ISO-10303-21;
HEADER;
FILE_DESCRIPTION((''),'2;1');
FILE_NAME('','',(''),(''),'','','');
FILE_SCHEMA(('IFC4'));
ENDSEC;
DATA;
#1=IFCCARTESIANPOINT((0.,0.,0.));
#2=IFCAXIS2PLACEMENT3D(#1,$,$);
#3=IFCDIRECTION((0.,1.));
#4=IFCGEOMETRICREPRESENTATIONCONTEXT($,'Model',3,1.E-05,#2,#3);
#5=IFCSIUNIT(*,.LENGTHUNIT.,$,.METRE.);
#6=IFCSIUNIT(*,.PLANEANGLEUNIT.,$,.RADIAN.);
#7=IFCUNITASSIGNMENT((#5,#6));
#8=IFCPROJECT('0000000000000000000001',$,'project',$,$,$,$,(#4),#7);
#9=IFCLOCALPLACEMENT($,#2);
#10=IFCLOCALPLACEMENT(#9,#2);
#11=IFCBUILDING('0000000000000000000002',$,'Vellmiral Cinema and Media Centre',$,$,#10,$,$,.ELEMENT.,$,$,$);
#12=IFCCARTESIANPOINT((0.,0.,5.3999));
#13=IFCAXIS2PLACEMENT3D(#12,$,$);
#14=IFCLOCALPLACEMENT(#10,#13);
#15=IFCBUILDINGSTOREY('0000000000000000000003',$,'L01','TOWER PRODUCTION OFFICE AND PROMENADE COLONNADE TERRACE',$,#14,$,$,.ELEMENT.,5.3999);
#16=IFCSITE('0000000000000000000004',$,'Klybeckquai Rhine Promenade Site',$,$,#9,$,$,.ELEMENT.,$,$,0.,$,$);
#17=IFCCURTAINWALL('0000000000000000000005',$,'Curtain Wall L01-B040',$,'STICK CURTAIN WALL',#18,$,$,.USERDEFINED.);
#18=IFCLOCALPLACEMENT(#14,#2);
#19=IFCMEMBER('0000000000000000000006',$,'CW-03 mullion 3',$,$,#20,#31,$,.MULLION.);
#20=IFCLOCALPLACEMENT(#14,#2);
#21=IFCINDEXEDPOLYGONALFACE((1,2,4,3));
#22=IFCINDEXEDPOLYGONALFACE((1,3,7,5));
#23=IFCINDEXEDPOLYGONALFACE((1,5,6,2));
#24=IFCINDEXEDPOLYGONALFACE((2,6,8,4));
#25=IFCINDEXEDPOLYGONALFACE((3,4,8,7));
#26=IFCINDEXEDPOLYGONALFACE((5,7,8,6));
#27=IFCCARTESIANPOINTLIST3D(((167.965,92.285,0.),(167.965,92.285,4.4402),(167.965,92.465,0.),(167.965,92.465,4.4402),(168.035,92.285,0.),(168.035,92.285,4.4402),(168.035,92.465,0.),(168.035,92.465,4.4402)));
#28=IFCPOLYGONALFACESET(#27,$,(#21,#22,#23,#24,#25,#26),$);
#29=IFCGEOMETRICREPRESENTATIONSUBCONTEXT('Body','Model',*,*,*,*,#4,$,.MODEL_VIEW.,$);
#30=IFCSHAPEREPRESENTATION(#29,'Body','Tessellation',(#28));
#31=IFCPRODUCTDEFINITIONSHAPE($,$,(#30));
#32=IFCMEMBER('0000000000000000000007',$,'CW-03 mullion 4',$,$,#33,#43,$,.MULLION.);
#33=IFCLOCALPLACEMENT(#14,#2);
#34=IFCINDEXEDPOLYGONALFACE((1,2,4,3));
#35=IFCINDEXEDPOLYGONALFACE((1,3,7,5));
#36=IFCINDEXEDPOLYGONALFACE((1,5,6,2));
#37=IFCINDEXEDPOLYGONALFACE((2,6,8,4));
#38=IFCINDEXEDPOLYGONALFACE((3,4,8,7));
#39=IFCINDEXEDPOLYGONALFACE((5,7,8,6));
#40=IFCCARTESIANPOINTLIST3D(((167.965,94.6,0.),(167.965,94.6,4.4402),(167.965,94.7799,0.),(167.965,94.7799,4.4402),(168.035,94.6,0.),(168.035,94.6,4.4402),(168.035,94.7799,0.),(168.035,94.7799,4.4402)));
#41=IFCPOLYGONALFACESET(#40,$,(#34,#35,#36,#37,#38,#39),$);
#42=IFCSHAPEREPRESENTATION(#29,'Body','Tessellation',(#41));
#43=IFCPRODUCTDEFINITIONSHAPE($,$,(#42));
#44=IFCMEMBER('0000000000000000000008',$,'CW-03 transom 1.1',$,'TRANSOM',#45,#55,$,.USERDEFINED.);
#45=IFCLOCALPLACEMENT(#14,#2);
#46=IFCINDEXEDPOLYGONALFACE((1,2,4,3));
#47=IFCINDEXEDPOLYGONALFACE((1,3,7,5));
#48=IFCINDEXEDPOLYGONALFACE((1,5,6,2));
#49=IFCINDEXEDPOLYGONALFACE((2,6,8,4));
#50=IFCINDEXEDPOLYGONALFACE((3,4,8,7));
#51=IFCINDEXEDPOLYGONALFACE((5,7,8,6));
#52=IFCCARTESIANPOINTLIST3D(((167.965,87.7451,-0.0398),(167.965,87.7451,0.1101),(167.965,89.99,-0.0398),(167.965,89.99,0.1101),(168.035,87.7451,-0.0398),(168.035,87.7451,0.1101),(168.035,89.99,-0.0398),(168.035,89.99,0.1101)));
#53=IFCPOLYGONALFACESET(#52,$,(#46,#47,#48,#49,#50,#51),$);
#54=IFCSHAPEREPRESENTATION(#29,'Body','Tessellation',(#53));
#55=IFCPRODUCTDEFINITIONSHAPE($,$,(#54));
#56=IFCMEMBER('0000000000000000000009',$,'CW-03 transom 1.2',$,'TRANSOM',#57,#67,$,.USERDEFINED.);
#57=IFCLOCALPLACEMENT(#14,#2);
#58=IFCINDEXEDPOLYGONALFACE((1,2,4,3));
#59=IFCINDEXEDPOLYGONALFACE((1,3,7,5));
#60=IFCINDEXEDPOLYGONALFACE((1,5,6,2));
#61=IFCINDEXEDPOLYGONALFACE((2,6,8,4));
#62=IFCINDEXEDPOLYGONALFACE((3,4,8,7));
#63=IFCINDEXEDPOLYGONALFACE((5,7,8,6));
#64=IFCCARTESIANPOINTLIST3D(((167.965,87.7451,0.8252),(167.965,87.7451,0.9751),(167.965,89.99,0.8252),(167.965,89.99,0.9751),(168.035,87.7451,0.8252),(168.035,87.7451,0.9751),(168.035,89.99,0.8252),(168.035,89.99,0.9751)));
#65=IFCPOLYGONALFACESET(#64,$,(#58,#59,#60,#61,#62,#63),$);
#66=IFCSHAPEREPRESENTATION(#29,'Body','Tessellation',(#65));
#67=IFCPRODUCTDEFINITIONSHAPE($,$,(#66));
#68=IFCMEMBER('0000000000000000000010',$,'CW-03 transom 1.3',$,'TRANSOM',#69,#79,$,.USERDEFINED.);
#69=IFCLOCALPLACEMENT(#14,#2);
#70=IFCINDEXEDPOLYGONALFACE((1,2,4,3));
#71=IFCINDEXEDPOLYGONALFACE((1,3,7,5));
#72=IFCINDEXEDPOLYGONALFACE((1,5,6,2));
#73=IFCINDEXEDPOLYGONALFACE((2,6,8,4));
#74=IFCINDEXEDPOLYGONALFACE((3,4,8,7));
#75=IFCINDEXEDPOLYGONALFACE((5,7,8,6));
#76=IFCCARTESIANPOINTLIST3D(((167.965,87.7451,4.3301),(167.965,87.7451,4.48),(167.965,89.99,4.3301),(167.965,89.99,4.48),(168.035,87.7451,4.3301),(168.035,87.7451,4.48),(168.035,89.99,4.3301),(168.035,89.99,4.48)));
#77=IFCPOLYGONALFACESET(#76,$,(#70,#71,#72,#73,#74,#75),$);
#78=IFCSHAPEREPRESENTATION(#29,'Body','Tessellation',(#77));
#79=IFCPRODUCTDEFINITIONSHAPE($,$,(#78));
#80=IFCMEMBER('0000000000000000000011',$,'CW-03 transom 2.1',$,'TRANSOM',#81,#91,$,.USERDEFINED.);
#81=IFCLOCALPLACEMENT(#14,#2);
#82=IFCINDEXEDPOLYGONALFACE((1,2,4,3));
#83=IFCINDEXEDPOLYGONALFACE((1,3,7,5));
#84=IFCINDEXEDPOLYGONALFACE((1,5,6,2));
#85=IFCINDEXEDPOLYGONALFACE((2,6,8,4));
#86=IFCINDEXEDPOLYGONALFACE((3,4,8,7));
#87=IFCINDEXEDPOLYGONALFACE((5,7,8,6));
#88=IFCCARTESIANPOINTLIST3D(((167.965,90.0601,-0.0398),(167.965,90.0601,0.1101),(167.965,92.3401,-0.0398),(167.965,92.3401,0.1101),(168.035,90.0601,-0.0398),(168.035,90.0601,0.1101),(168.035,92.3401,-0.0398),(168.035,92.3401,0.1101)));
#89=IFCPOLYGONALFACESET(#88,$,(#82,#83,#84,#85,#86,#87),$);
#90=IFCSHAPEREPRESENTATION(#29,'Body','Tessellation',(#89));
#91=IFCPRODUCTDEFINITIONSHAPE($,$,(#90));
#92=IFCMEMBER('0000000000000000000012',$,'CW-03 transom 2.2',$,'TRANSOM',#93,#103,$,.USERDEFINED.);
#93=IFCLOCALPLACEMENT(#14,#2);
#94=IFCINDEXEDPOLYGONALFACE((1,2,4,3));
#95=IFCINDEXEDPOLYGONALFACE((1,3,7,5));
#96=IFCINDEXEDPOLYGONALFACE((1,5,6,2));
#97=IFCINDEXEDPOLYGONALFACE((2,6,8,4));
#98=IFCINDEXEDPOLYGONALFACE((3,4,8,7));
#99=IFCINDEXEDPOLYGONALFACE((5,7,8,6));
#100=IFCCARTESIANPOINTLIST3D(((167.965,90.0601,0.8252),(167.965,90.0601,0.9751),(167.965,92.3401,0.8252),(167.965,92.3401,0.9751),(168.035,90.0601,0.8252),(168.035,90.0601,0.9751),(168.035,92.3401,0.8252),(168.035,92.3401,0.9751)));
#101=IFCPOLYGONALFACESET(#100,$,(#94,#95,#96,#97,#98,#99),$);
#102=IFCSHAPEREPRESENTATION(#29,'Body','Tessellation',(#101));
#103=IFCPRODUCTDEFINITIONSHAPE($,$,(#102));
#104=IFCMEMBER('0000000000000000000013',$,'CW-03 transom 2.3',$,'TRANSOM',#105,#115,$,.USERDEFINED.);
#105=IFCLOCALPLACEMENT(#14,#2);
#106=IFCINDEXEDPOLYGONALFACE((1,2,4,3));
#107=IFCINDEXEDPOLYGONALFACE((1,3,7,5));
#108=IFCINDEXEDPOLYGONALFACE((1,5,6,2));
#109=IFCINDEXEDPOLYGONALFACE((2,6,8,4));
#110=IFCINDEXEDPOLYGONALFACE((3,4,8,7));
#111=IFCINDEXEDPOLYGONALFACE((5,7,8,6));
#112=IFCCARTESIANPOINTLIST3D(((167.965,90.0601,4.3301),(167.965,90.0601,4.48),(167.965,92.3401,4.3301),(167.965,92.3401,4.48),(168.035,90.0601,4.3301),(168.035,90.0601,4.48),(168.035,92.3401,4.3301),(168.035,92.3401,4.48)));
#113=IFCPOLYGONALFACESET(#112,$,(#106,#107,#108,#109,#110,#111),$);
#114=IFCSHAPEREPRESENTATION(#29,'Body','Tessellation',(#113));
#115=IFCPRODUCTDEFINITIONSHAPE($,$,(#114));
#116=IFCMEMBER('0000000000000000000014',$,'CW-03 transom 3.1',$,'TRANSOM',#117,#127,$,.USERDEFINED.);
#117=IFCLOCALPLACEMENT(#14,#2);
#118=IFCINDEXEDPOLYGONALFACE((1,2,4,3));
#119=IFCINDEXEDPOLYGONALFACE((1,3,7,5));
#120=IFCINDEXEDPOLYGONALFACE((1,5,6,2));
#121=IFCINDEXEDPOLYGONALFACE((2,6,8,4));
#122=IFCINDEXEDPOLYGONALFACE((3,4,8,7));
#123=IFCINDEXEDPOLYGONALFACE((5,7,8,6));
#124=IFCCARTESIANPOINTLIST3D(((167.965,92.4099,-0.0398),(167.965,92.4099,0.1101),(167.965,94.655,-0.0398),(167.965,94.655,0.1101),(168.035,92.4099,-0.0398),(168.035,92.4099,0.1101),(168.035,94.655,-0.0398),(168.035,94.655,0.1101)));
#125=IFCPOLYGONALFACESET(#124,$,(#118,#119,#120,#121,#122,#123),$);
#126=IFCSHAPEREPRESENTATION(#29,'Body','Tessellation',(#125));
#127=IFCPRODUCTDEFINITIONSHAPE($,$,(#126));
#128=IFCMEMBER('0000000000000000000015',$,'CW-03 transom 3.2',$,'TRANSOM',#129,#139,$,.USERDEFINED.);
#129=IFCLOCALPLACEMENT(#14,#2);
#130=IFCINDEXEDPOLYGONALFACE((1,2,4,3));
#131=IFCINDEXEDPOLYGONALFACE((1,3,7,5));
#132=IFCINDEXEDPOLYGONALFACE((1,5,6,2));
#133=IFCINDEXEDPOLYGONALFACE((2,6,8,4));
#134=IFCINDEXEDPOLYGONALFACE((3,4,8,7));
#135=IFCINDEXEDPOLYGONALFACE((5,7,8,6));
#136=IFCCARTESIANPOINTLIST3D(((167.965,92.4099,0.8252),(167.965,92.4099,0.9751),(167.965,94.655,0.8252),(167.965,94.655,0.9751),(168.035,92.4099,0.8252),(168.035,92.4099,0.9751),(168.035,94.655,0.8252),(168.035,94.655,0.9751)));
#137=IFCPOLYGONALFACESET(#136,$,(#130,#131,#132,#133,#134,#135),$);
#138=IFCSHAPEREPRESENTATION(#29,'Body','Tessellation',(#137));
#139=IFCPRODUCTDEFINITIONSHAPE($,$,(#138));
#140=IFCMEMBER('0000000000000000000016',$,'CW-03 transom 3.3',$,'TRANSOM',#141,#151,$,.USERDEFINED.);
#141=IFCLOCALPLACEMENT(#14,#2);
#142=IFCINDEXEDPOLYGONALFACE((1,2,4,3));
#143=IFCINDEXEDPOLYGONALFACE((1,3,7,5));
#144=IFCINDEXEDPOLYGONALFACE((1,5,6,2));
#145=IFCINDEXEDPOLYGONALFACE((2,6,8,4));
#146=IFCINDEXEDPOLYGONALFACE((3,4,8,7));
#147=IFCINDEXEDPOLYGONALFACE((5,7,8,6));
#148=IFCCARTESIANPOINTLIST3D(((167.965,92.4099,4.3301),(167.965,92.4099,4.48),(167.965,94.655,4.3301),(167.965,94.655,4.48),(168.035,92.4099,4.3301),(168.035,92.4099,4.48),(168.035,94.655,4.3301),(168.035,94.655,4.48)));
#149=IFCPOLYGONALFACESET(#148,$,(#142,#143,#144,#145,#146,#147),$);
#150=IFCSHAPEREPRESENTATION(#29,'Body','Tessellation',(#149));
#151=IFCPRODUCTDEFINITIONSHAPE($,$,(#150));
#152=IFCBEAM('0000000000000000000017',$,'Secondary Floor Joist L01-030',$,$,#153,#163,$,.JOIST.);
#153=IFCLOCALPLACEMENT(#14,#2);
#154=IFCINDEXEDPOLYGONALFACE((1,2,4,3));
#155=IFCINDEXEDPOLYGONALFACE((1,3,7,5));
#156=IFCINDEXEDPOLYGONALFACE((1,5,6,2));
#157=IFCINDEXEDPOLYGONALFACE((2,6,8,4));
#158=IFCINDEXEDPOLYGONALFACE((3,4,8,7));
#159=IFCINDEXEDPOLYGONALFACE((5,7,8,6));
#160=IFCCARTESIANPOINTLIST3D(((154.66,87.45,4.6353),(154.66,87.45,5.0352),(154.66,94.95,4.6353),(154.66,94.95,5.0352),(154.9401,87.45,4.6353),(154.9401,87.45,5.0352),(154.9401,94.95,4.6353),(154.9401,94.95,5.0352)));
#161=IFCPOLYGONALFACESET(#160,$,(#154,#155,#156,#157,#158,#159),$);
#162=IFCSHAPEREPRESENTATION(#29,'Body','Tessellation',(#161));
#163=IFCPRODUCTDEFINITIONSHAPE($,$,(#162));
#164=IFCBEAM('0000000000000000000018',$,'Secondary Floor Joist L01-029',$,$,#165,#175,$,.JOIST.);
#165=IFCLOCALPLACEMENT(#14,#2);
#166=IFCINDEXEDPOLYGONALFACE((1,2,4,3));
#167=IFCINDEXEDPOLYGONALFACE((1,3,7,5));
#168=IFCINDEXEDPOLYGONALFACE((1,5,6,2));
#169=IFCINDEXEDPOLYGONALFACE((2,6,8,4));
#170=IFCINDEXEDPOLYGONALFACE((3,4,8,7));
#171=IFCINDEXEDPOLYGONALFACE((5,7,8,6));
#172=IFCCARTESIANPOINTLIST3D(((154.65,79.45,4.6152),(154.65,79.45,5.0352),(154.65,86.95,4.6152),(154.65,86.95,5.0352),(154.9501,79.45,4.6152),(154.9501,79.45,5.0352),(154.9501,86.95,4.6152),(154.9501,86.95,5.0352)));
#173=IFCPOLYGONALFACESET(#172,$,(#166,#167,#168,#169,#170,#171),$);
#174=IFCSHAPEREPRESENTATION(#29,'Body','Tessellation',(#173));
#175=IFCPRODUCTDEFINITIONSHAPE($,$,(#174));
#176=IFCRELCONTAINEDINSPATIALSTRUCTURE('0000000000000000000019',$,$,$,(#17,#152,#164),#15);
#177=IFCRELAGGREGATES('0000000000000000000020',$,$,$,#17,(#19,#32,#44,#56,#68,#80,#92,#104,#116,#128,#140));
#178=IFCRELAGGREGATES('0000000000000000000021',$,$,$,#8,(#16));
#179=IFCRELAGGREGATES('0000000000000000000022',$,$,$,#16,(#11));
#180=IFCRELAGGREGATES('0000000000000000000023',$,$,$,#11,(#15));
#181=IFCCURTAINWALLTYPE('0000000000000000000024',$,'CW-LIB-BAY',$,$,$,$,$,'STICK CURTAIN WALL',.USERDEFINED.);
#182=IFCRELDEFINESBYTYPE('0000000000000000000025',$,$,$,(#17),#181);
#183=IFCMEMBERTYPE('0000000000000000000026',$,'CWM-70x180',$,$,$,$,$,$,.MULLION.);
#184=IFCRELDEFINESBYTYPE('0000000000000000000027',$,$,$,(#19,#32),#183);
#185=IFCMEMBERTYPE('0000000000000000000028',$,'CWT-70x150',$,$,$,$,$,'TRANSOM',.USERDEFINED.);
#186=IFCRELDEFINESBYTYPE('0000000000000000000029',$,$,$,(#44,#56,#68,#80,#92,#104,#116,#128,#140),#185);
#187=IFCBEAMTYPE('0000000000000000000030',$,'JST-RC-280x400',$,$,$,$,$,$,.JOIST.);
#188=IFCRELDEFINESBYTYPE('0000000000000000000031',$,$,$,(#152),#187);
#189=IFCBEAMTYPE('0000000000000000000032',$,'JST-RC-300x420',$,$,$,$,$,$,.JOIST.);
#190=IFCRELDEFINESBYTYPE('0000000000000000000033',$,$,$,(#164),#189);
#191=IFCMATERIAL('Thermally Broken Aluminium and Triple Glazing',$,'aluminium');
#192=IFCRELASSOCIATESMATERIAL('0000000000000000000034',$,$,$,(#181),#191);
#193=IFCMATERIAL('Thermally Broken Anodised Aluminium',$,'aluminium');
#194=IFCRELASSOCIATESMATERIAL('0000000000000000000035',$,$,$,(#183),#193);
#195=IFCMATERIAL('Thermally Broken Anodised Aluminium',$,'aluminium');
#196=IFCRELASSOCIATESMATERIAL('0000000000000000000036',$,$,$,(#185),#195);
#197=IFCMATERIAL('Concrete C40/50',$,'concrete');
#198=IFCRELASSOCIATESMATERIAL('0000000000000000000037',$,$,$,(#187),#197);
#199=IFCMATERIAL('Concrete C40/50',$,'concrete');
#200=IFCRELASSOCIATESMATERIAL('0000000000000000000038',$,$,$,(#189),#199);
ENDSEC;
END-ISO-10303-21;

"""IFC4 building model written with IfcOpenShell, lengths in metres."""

from ifc_helpers import new_model, si_unit, direction, frame, origin, origin_2d, place, context, subcontext, project, spatial, rectangle, extrude, material, material_profile, profile_set, type_object, element, aggregate, save


model = new_model("IFC4")

# Units and contexts
model_context = context("Model", 3, precision=1e-05, world=origin(), true_north=direction((0.0, 1.0)))
body_context = subcontext(model_context, "Body", "Model", "MODEL_VIEW")
ifc_project = project(units=[si_unit("LENGTHUNIT", "METRE"), si_unit("PLANEANGLEUNIT", "RADIAN")], contexts=[model_context])

# Site, building, storey
site_placement = place(None, origin())
site = spatial("IfcSite", under=ifc_project, at=site_placement, Name="Klybeckquai Rhine Promenade Site", CompositionType="ELEMENT", RefElevation=0.0)
building_placement = place(site_placement, origin())
building = spatial("IfcBuilding", under=site, at=building_placement, Name="Vellmiral Cinema and Media Centre", CompositionType="ELEMENT")
storey_placement = place(building_placement, frame((0.0, 0.0, 5.3999)))
storey = spatial("IfcBuildingStorey", under=building, at=storey_placement, Name="L01", Description="TOWER PRODUCTION OFFICE AND PROMENADE COLONNADE TERRACE", CompositionType="ELEMENT", Elevation=5.3999)

# Curtain wall, members
ifc_material_1 = material(Name="Thermally Broken Aluminium and Triple Glazing", Category="aluminium")
curtain_wall_type = type_object("IfcCurtainWallType", Name="CW-LIB-BAY", ElementType="STICK CURTAIN WALL", PredefinedType="USERDEFINED", material=ifc_material_1)
curtain_wall_placement = place(storey_placement, origin())
curtain_wall = element("IfcCurtainWall", 1, at=curtain_wall_placement, inside=storey, type_object=curtain_wall_type, Name="Curtain Wall L01-B040", ObjectType="STICK CURTAIN WALL", PredefinedType="USERDEFINED")
ifc_material_2 = material(Name="Thermally Broken Anodised Aluminium", Category="aluminium")
ifc_material_profile_1 = material_profile(ifc_material_2, rectangle(XDim=0.0701, YDim=0.1799, at=origin_2d()), Name="MULL 70x180")
ifc_profile_set_1 = profile_set([ifc_material_profile_1], Name="Thermally Broken Anodised Aluminium")
member_type_1 = type_object("IfcMemberType", Name="CWM-70x180", PredefinedType="MULLION", material=ifc_profile_set_1)
member_1_placement = place(storey_placement, frame((168.0, 92.375, 0.0), z_axis=(0.0, 0.0, 1.0), x_axis=(-1.0, 0.0, 0.0)))
member_1 = element("IfcMember", 2, at=member_1_placement, type_object=member_type_1, Name="CW-03 mullion 3", PredefinedType="MULLION", context=body_context, shape_type="SweptSolid", body=[
    extrude(rectangle(XDim=0.0701, YDim=0.1799, at=origin_2d()), origin(), (0.0, 0.0, 1.0), 4.4402),
])
member_2_placement = place(storey_placement, frame((168.0, 94.6899, 0.0), z_axis=(0.0, 0.0, 1.0), x_axis=(-1.0, 0.0, 0.0)))
member_2 = element("IfcMember", 3, at=member_2_placement, type_object=member_type_1, Name="CW-03 mullion 4", PredefinedType="MULLION", context=body_context, shape_type="SweptSolid", body=[
    extrude(rectangle(XDim=0.0701, YDim=0.1799, at=origin_2d()), origin(), (0.0, 0.0, 1.0), 4.4402),
])
ifc_material_3 = material(Name="Thermally Broken Anodised Aluminium", Category="aluminium")
ifc_material_profile_2 = material_profile(ifc_material_3, rectangle(XDim=0.0701, YDim=0.1499, at=origin_2d()), Name="MULL 70x150")
ifc_profile_set_2 = profile_set([ifc_material_profile_2], Name="Thermally Broken Anodised Aluminium")
member_type_2 = type_object("IfcMemberType", Name="CWT-70x150", ElementType="TRANSOM", PredefinedType="USERDEFINED", material=ifc_profile_set_2)
member_3_placement = place(storey_placement, frame((168.0, 87.7451, 0.0352), z_axis=(0.0, 1.0, 0.0), x_axis=(-1.0, 0.0, 0.0)))
member_3 = element("IfcMember", 4, at=member_3_placement, type_object=member_type_2, Name="CW-03 transom 1.1", ObjectType="TRANSOM", PredefinedType="USERDEFINED", context=body_context, shape_type="SweptSolid", body=[
    extrude(rectangle(XDim=0.0701, YDim=0.1499, at=origin_2d()), origin(), (0.0, 0.0, 1.0), 2.2449),
])
member_4_placement = place(storey_placement, frame((168.0, 87.7451, 0.9001), z_axis=(0.0, 1.0, 0.0), x_axis=(-1.0, 0.0, 0.0)))
member_4 = element("IfcMember", 5, at=member_4_placement, type_object=member_type_2, Name="CW-03 transom 1.2", ObjectType="TRANSOM", PredefinedType="USERDEFINED", context=body_context, shape_type="SweptSolid", body=[
    extrude(rectangle(XDim=0.0701, YDim=0.1499, at=origin_2d()), origin(), (0.0, 0.0, 1.0), 2.2449),
])
member_5_placement = place(storey_placement, frame((168.0, 87.7451, 4.405), z_axis=(0.0, 1.0, 0.0), x_axis=(-1.0, 0.0, 0.0)))
member_5 = element("IfcMember", 6, at=member_5_placement, type_object=member_type_2, Name="CW-03 transom 1.3", ObjectType="TRANSOM", PredefinedType="USERDEFINED", context=body_context, shape_type="SweptSolid", body=[
    extrude(rectangle(XDim=0.0701, YDim=0.1499, at=origin_2d()), origin(), (0.0, 0.0, 1.0), 2.2449),
])
member_6_placement = place(storey_placement, frame((168.0, 90.0601, 0.0352), z_axis=(0.0, 1.0, 0.0), x_axis=(-1.0, 0.0, 0.0)))
member_6 = element("IfcMember", 7, at=member_6_placement, type_object=member_type_2, Name="CW-03 transom 2.1", ObjectType="TRANSOM", PredefinedType="USERDEFINED", context=body_context, shape_type="SweptSolid", body=[
    extrude(rectangle(XDim=0.0701, YDim=0.1499, at=origin_2d()), origin(), (0.0, 0.0, 1.0), 2.28),
])
member_7_placement = place(storey_placement, frame((168.0, 90.0601, 0.9001), z_axis=(0.0, 1.0, 0.0), x_axis=(-1.0, 0.0, 0.0)))
member_7 = element("IfcMember", 8, at=member_7_placement, type_object=member_type_2, Name="CW-03 transom 2.2", ObjectType="TRANSOM", PredefinedType="USERDEFINED", context=body_context, shape_type="SweptSolid", body=[
    extrude(rectangle(XDim=0.0701, YDim=0.1499, at=origin_2d()), origin(), (0.0, 0.0, 1.0), 2.28),
])
member_8_placement = place(storey_placement, frame((168.0, 90.0601, 4.405), z_axis=(0.0, 1.0, 0.0), x_axis=(-1.0, 0.0, 0.0)))
member_8 = element("IfcMember", 9, at=member_8_placement, type_object=member_type_2, Name="CW-03 transom 2.3", ObjectType="TRANSOM", PredefinedType="USERDEFINED", context=body_context, shape_type="SweptSolid", body=[
    extrude(rectangle(XDim=0.0701, YDim=0.1499, at=origin_2d()), origin(), (0.0, 0.0, 1.0), 2.28),
])
member_9_placement = place(storey_placement, frame((168.0, 92.4099, 0.0352), z_axis=(0.0, 1.0, 0.0), x_axis=(-1.0, 0.0, 0.0)))
member_9 = element("IfcMember", 10, at=member_9_placement, type_object=member_type_2, Name="CW-03 transom 3.1", ObjectType="TRANSOM", PredefinedType="USERDEFINED", context=body_context, shape_type="SweptSolid", body=[
    extrude(rectangle(XDim=0.0701, YDim=0.1499, at=origin_2d()), origin(), (0.0, 0.0, 1.0), 2.2451),
])
member_10_placement = place(storey_placement, frame((168.0, 92.4099, 0.9001), z_axis=(0.0, 1.0, 0.0), x_axis=(-1.0, 0.0, 0.0)))
member_10 = element("IfcMember", 11, at=member_10_placement, type_object=member_type_2, Name="CW-03 transom 3.2", ObjectType="TRANSOM", PredefinedType="USERDEFINED", context=body_context, shape_type="SweptSolid", body=[
    extrude(rectangle(XDim=0.0701, YDim=0.1499, at=origin_2d()), origin(), (0.0, 0.0, 1.0), 2.2451),
])
member_11_placement = place(storey_placement, frame((168.0, 92.4099, 4.405), z_axis=(0.0, 1.0, 0.0), x_axis=(-1.0, 0.0, 0.0)))
member_11 = element("IfcMember", 12, at=member_11_placement, type_object=member_type_2, Name="CW-03 transom 3.3", ObjectType="TRANSOM", PredefinedType="USERDEFINED", context=body_context, shape_type="SweptSolid", body=[
    extrude(rectangle(XDim=0.0701, YDim=0.1499, at=origin_2d()), origin(), (0.0, 0.0, 1.0), 2.2451),
])

# Beams
ifc_material_4 = material(Name="Concrete C40/50", Category="concrete")
ifc_material_profile_3 = material_profile(ifc_material_4, rectangle(XDim=0.28, YDim=0.3999, at=origin_2d()), Name="RC 280x400")
ifc_profile_set_3 = profile_set([ifc_material_profile_3], Name="Concrete C40/50")
beam_type_1 = type_object("IfcBeamType", Name="JST-RC-280x400", PredefinedType="JOIST", material=ifc_profile_set_3)
beam_1_placement = place(storey_placement, frame((154.8, 87.45, 4.8352), z_axis=(0.0, 1.0, 0.0), x_axis=(-1.0, 0.0, 0.0)))
element("IfcBeam", 13, at=beam_1_placement, inside=storey, type_object=beam_type_1, Name="Secondary Floor Joist L01-030", PredefinedType="JOIST", context=body_context, shape_type="SweptSolid", body=[
    extrude(rectangle(XDim=0.28, YDim=0.3999, at=origin_2d()), origin(), (0.0, 0.0, 1.0), 7.5),
])
ifc_material_5 = material(Name="Concrete C40/50", Category="concrete")
ifc_material_profile_4 = material_profile(ifc_material_5, rectangle(XDim=0.3, YDim=0.4199, at=origin_2d()), Name="RC 300x420")
ifc_profile_set_4 = profile_set([ifc_material_profile_4], Name="Concrete C40/50")
beam_type_2 = type_object("IfcBeamType", Name="JST-RC-300x420", PredefinedType="JOIST", material=ifc_profile_set_4)
beam_2_placement = place(storey_placement, frame((154.8, 79.45, 4.8252), z_axis=(0.0, 1.0, 0.0), x_axis=(-1.0, 0.0, 0.0)))
element("IfcBeam", 14, at=beam_2_placement, inside=storey, type_object=beam_type_2, Name="Secondary Floor Joist L01-029", PredefinedType="JOIST", context=body_context, shape_type="SweptSolid", body=[
    extrude(rectangle(XDim=0.3, YDim=0.4199, at=origin_2d()), origin(), (0.0, 0.0, 1.0), 7.5),
])

aggregate(curtain_wall, [member_1, member_2, member_3, member_4, member_5, member_6, member_7, member_8, member_9, member_10, member_11])

save(model, "model.ifc")
